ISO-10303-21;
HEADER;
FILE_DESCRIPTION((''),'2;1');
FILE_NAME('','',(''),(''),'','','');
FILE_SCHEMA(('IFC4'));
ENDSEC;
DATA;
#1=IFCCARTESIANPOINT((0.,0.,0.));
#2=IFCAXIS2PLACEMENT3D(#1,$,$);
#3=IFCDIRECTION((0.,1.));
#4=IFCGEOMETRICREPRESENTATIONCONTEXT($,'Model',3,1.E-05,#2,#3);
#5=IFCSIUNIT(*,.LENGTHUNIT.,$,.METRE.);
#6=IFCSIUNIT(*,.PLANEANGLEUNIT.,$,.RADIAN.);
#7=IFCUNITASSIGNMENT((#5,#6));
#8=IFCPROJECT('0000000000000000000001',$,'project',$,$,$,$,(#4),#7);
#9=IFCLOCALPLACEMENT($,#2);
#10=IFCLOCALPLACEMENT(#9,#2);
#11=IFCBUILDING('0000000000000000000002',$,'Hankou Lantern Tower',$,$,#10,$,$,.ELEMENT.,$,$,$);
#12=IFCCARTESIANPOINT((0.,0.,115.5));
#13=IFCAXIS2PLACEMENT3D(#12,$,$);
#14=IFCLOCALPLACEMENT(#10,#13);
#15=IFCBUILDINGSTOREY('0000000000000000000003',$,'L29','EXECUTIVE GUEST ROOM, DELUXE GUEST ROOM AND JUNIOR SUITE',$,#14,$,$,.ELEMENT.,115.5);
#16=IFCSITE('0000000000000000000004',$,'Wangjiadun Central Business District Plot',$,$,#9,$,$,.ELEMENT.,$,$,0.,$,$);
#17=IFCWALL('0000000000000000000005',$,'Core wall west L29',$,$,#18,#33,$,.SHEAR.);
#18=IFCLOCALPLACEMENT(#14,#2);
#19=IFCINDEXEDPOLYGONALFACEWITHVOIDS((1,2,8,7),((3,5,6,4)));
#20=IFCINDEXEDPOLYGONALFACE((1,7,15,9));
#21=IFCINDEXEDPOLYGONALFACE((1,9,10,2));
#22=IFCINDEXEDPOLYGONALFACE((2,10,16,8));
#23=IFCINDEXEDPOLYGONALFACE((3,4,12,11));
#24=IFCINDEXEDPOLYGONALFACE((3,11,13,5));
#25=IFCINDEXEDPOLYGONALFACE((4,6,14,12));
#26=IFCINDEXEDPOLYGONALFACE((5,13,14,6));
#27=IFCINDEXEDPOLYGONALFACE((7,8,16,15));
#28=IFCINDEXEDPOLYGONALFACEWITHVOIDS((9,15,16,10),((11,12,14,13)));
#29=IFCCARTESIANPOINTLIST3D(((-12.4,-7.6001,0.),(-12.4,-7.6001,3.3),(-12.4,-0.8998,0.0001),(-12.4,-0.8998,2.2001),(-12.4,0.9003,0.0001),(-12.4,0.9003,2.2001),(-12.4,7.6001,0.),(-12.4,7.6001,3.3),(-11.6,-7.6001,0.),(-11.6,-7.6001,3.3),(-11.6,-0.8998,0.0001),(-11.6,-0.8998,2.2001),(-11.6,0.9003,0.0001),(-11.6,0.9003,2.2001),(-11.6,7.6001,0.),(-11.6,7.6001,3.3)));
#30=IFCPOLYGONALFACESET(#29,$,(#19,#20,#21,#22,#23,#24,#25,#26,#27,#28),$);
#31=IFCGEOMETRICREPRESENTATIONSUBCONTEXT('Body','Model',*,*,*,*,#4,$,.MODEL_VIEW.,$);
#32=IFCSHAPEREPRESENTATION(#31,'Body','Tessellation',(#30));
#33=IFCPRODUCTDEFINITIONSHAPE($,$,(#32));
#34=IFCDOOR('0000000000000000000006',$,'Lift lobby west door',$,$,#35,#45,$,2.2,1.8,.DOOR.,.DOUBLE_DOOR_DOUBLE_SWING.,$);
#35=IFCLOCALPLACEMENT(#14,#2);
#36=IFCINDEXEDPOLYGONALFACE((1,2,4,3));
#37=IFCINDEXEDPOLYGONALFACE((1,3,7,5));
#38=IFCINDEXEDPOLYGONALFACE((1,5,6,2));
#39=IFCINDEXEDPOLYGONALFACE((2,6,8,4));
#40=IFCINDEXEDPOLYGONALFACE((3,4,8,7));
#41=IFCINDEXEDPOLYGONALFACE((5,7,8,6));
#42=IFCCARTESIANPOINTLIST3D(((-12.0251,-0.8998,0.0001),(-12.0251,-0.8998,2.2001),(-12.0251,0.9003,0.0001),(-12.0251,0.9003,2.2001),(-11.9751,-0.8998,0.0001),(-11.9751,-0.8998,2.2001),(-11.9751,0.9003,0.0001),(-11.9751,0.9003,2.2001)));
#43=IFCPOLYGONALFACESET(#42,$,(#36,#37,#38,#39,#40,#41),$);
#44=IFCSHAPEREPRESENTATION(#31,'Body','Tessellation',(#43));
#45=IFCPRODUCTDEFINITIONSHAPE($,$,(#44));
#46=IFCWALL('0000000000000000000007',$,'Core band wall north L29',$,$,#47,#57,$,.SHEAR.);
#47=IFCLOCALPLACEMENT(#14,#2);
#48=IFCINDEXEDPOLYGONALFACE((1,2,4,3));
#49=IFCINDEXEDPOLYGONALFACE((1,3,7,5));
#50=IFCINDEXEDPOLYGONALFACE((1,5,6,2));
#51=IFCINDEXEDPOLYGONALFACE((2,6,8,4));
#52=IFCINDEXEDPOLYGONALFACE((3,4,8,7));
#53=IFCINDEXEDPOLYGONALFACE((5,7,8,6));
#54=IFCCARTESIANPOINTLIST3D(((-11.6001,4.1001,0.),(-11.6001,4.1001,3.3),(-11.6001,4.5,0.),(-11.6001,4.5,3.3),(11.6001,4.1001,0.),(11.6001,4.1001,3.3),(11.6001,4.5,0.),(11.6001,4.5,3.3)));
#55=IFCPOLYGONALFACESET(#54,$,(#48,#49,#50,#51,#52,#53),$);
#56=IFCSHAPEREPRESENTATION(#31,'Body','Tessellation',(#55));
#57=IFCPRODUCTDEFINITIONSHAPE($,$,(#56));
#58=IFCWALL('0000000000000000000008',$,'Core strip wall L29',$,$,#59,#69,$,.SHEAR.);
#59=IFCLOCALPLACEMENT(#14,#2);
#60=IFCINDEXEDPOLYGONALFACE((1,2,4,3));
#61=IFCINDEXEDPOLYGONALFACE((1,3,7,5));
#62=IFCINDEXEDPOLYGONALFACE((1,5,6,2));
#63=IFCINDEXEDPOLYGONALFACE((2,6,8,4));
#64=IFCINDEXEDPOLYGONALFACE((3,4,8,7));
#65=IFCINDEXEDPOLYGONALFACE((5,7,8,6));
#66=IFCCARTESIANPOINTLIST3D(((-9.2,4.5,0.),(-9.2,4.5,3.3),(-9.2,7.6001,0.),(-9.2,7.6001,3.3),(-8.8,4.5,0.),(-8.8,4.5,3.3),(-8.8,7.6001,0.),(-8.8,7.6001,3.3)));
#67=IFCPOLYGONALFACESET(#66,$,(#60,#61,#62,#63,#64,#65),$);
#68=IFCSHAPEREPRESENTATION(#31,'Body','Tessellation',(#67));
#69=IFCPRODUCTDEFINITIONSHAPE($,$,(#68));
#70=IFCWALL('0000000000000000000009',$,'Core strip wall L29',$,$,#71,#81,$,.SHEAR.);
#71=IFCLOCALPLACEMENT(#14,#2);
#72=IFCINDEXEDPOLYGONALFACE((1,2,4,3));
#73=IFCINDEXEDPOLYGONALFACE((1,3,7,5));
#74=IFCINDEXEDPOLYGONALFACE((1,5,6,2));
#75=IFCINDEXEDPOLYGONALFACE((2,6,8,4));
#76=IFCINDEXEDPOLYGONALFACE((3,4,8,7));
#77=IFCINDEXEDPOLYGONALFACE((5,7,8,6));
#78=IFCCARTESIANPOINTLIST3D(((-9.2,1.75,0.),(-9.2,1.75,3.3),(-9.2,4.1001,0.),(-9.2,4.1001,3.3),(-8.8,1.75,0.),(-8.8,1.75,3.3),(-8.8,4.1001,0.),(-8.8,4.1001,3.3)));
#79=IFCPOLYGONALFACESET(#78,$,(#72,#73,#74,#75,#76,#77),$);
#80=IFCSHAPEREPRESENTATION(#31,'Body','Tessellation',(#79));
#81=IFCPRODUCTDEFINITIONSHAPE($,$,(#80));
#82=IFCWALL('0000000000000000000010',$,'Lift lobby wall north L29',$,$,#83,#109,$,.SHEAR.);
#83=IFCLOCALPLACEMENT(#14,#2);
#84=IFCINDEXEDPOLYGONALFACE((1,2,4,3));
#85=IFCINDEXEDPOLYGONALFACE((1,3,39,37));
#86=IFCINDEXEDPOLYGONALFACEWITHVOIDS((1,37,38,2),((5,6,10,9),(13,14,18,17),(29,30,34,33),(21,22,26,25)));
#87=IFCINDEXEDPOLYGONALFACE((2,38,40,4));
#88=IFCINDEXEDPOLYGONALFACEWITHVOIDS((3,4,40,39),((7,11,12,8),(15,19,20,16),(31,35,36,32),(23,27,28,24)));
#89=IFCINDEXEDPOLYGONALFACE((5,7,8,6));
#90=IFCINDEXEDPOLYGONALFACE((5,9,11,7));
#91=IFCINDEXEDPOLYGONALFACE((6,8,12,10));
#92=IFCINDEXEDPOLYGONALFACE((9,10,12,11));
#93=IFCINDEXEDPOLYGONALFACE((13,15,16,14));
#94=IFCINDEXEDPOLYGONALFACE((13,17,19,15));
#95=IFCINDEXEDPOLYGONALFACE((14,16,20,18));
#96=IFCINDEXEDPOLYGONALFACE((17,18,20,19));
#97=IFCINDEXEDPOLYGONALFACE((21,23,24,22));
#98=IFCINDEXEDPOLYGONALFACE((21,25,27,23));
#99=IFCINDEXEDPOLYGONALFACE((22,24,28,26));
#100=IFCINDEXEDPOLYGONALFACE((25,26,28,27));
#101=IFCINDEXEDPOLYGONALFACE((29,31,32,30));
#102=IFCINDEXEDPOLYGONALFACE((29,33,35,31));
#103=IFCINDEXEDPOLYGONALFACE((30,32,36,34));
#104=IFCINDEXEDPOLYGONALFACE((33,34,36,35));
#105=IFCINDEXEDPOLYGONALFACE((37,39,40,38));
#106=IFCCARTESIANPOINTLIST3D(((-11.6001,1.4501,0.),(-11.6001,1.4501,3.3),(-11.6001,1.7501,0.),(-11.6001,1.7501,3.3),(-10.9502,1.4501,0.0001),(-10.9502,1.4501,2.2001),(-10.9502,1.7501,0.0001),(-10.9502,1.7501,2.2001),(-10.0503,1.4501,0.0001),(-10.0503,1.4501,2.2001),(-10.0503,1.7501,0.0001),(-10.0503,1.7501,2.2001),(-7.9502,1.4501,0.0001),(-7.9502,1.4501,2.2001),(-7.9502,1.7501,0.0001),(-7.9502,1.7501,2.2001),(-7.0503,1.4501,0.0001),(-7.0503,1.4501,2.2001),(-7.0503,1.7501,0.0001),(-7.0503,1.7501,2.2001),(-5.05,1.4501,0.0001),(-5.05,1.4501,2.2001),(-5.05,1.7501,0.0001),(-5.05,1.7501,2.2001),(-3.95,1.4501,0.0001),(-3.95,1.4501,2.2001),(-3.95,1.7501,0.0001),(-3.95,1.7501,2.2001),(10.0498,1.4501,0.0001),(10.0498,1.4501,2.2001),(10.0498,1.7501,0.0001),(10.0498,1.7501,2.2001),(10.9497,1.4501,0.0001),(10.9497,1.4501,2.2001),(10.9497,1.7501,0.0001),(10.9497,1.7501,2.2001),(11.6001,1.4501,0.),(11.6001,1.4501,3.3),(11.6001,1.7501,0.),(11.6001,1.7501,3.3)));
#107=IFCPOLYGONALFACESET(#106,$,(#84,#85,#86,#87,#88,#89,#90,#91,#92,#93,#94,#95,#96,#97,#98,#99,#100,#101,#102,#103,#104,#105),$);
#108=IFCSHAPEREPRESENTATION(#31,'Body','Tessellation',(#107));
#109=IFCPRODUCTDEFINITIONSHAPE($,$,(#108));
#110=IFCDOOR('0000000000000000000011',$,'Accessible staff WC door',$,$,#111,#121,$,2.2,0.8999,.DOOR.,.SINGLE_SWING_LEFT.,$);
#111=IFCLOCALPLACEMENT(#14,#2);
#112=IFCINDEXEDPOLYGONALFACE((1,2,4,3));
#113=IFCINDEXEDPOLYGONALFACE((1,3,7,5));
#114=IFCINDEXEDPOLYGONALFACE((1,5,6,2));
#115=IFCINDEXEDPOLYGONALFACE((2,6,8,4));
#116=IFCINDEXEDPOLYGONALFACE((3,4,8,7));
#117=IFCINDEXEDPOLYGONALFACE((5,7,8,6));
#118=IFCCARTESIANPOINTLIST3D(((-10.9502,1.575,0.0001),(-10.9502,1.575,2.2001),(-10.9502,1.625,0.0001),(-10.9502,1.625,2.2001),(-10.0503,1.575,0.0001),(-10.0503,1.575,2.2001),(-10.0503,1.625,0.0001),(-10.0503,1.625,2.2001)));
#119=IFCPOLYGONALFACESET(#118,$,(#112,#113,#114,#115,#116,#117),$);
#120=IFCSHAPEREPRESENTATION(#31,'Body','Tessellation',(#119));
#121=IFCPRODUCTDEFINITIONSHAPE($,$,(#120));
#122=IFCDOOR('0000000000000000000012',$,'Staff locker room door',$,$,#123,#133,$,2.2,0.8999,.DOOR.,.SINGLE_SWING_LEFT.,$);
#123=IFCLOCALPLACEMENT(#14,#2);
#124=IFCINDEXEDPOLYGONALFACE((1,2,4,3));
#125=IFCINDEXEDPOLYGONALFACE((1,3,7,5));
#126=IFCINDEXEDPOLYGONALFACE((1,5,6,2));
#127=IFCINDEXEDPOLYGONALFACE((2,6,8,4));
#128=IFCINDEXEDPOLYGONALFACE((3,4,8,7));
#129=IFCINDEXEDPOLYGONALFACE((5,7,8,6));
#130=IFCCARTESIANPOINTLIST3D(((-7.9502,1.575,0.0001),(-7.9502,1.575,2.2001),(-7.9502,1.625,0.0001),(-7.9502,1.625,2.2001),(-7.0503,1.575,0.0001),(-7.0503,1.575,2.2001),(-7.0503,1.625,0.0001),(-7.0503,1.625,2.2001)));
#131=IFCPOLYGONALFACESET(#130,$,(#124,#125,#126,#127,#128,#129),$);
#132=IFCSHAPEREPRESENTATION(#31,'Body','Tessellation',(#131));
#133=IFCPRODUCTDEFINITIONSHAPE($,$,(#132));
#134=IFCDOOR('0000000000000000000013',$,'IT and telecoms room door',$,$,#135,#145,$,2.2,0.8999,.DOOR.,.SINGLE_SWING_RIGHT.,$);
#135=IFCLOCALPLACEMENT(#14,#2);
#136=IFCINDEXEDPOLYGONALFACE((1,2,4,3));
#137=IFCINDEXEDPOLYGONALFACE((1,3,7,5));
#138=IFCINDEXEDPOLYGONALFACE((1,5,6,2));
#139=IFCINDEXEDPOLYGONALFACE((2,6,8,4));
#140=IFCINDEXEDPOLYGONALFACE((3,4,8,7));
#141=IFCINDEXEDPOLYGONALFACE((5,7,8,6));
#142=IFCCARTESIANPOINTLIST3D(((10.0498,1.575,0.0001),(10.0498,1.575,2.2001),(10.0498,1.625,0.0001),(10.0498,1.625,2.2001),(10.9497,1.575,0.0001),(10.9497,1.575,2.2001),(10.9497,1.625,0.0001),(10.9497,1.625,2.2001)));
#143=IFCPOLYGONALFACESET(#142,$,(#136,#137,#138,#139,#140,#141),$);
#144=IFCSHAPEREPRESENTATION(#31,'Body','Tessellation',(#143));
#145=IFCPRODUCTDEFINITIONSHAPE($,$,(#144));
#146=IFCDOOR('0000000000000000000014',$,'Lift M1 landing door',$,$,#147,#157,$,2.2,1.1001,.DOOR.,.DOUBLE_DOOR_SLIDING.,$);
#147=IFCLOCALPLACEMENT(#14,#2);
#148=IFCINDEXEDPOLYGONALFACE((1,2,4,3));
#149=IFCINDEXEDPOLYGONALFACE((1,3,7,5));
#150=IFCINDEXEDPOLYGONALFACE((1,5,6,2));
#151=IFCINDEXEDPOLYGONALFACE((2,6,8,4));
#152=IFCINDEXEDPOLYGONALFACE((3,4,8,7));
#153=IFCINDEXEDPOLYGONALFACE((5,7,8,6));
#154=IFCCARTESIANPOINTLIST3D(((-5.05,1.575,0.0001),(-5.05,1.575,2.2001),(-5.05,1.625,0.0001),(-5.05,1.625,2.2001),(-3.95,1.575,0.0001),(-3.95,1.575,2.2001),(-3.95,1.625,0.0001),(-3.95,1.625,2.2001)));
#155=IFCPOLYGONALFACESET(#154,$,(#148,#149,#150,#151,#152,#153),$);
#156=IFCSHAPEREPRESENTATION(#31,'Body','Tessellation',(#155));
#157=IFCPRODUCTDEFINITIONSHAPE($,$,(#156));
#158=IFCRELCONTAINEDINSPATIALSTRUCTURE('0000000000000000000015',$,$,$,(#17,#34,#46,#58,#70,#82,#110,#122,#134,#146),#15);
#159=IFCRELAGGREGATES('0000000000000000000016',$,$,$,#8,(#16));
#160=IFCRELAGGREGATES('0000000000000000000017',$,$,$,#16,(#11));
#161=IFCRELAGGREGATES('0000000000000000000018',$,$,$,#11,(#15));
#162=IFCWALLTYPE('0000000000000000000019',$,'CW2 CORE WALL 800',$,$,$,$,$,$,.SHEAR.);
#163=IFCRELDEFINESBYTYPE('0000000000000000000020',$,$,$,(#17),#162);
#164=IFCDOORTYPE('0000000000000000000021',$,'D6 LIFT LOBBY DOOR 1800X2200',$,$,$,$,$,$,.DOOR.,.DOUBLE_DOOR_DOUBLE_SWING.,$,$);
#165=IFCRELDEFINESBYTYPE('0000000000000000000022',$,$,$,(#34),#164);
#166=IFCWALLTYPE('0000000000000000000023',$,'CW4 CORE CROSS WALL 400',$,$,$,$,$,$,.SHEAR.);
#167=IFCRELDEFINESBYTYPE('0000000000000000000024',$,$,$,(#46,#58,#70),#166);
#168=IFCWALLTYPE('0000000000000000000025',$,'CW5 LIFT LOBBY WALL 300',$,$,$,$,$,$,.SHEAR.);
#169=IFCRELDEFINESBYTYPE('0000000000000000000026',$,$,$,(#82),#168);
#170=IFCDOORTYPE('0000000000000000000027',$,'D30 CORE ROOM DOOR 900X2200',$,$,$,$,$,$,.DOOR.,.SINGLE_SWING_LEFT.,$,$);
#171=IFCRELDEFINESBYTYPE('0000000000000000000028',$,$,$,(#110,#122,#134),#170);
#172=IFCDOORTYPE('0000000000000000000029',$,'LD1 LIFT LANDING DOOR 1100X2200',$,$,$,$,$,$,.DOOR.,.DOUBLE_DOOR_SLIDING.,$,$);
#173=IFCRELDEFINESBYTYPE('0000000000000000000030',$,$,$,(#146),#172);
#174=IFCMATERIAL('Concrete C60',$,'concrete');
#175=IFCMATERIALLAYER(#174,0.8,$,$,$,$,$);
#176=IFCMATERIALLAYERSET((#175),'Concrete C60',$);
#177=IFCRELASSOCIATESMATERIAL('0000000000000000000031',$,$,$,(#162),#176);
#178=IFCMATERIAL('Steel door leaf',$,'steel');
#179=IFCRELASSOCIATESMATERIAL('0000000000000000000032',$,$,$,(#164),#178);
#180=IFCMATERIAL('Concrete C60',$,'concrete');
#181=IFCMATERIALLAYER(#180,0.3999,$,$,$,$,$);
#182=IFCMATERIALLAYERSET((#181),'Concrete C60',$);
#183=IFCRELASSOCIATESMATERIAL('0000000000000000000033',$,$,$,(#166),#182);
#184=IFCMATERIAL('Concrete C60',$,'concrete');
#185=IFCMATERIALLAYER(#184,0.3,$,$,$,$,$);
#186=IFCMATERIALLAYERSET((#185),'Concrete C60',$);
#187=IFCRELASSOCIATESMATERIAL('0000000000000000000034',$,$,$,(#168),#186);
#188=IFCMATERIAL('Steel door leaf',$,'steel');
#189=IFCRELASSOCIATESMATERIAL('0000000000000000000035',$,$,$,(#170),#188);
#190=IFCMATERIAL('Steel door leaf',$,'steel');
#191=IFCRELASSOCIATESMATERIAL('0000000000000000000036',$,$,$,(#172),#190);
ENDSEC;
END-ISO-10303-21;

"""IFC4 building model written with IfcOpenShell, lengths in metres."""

from ifc_helpers import new_model, si_unit, direction, frame, frame_2d, origin, place, context, subcontext, project, spatial, rectangle, extrude, material, layer, layer_set, type_object, element, fill, save


model = new_model("IFC4")

# Units and contexts
model_context = context("Model", 3, precision=1e-05, world=origin(), true_north=direction((0.0, 1.0)))
body_context = subcontext(model_context, "Body", "Model", "MODEL_VIEW")
ifc_project = project(units=[si_unit("LENGTHUNIT", "METRE"), si_unit("PLANEANGLEUNIT", "RADIAN")], contexts=[model_context])

# Site, building, storey
site_placement = place(None, origin())
site = spatial("IfcSite", under=ifc_project, at=site_placement, Name="Wangjiadun Central Business District Plot", CompositionType="ELEMENT", RefElevation=0.0)
building_placement = place(site_placement, origin())
building = spatial("IfcBuilding", under=site, at=building_placement, Name="Hankou Lantern Tower", CompositionType="ELEMENT")
storey_placement = place(building_placement, frame((0.0, 0.0, 115.5)))
storey = spatial("IfcBuildingStorey", under=building, at=storey_placement, Name="L29", Description="EXECUTIVE GUEST ROOM, DELUXE GUEST ROOM AND JUNIOR SUITE", CompositionType="ELEMENT", Elevation=115.5)

# Wall, opening, door
ifc_material_1 = material(Name="Concrete C60", Category="concrete")
ifc_layer_1 = layer(ifc_material_1, 0.8)
ifc_layer_set_1 = layer_set([ifc_layer_1], Name="Concrete C60")
wall_type_1 = type_object("IfcWallType", Name="CW2 CORE WALL 800", PredefinedType="SHEAR", material=ifc_layer_set_1)
wall_1_placement = place(storey_placement, frame((-12.0, 7.6001, 0.0), z_axis=(0.0, 0.0, 1.0), x_axis=(0.0, -1.0, 0.0)))
wall_1 = element("IfcWall", 1, at=wall_1_placement, inside=storey, type_object=wall_type_1, Name="Core wall west L29", PredefinedType="SHEAR", context=body_context, shape_type="SweptSolid", body=[
    extrude(rectangle(XDim=15.2002, YDim=0.8, at=frame_2d((7.6001, 0.0))), origin(), (0.0, 0.0, 1.0), 3.3),
])
opening_1_placement = place(wall_1_placement, frame((6.7, 0.0, 0.0)))
opening_1 = element("IfcOpeningElement", 2, at=opening_1_placement, cuts=wall_1, PredefinedType="OPENING", context=body_context, shape_type="SweptSolid", body=[
    extrude(rectangle(XDim=1.8, YDim=2.2, at=frame_2d((0.8999, 1.1001))), frame((0.0, 0.4099, 0.0), z_axis=(0.0, -1.0, 0.0), x_axis=(1.0, 0.0, 0.0)), (0.0, 0.0, 1.0), 0.8201),
])
ifc_material_2 = material(Name="Steel door leaf", Category="steel")
door_type_1 = type_object("IfcDoorType", Name="D6 LIFT LOBBY DOOR 1800X2200", OperationType="DOUBLE_DOOR_DOUBLE_SWING", PredefinedType="DOOR", material=ifc_material_2)
door_1_placement = place(opening_1_placement, origin())
door_1 = element("IfcDoor", 3, at=door_1_placement, inside=storey, type_object=door_type_1, Name="Lift lobby west door", OperationType="DOUBLE_DOOR_DOUBLE_SWING", OverallHeight=2.2, OverallWidth=1.8, PredefinedType="DOOR", context=body_context, shape_type="SweptSolid", body=[
    extrude(rectangle(XDim=1.8, YDim=2.2, at=frame_2d((0.8999, 1.1001))), frame((0.0, 0.0249, 0.0), z_axis=(0.0, -1.0, 0.0), x_axis=(1.0, 0.0, 0.0)), (0.0, 0.0, 1.0), 0.05),
])
fill(opening_1, door_1)

# Walls
ifc_material_3 = material(Name="Concrete C60", Category="concrete")
ifc_layer_2 = layer(ifc_material_3, 0.3999)
ifc_layer_set_2 = layer_set([ifc_layer_2], Name="Concrete C60")
wall_type_2 = type_object("IfcWallType", Name="CW4 CORE CROSS WALL 400", PredefinedType="SHEAR", material=ifc_layer_set_2)
wall_2_placement = place(storey_placement, frame((-11.6001, 4.3, 0.0), z_axis=(0.0, 0.0, 1.0), x_axis=(1.0, 0.0, 0.0)))
element("IfcWall", 4, at=wall_2_placement, inside=storey, type_object=wall_type_2, Name="Core band wall north L29", PredefinedType="SHEAR", context=body_context, shape_type="SweptSolid", body=[
    extrude(rectangle(XDim=23.2002, YDim=0.3999, at=frame_2d((11.6001, 0.0))), origin(), (0.0, 0.0, 1.0), 3.3),
])
wall_3_placement = place(storey_placement, frame((-9.0, 4.5, 0.0), z_axis=(0.0, 0.0, 1.0), x_axis=(0.0, 1.0, 0.0)))
element("IfcWall", 5, at=wall_3_placement, inside=storey, type_object=wall_type_2, Name="Core strip wall L29", PredefinedType="SHEAR", context=body_context, shape_type="SweptSolid", body=[
    extrude(rectangle(XDim=3.1001, YDim=0.3999, at=frame_2d((1.55, 0.0))), origin(), (0.0, 0.0, 1.0), 3.3),
])
wall_4_placement = place(storey_placement, frame((-9.0, 1.75, 0.0), z_axis=(0.0, 0.0, 1.0), x_axis=(0.0, 1.0, 0.0)))
element("IfcWall", 6, at=wall_4_placement, inside=storey, type_object=wall_type_2, Name="Core strip wall L29", PredefinedType="SHEAR", context=body_context, shape_type="SweptSolid", body=[
    extrude(rectangle(XDim=2.3501, YDim=0.3999, at=frame_2d((1.175, 0.0))), origin(), (0.0, 0.0, 1.0), 3.3),
])

# Wall, openings, doors
ifc_material_4 = material(Name="Concrete C60", Category="concrete")
ifc_layer_3 = layer(ifc_material_4, 0.3)
ifc_layer_set_3 = layer_set([ifc_layer_3], Name="Concrete C60")
wall_type_3 = type_object("IfcWallType", Name="CW5 LIFT LOBBY WALL 300", PredefinedType="SHEAR", material=ifc_layer_set_3)
wall_5_placement = place(storey_placement, frame((-11.6001, 1.6001, 0.0), z_axis=(0.0, 0.0, 1.0), x_axis=(1.0, 0.0, 0.0)))
wall_5 = element("IfcWall", 7, at=wall_5_placement, inside=storey, type_object=wall_type_3, Name="Lift lobby wall north L29", PredefinedType="SHEAR", context=body_context, shape_type="SweptSolid", body=[
    extrude(rectangle(XDim=23.2002, YDim=0.3, at=frame_2d((11.6001, 0.0))), origin(), (0.0, 0.0, 1.0), 3.3),
])
opening_2_placement = place(wall_5_placement, frame((6.55, 0.0, 0.0)))
opening_2 = element("IfcOpeningElement", 8, at=opening_2_placement, cuts=wall_5, PredefinedType="OPENING", context=body_context, shape_type="SweptSolid", body=[
    extrude(rectangle(XDim=1.1001, YDim=2.2, at=frame_2d((0.55, 1.1001))), frame((0.0, 0.1599, 0.0), z_axis=(0.0, -1.0, 0.0), x_axis=(1.0, 0.0, 0.0)), (0.0, 0.0, 1.0), 0.3201),
])
opening_3_placement = place(wall_5_placement, frame((0.6499, 0.0, 0.0)))
opening_3 = element("IfcOpeningElement", 9, at=opening_3_placement, cuts=wall_5, PredefinedType="OPENING", context=body_context, shape_type="SweptSolid", body=[
    extrude(rectangle(XDim=0.8999, YDim=2.2, at=frame_2d((0.45, 1.1001))), frame((0.0, 0.1599, 0.0), z_axis=(0.0, -1.0, 0.0), x_axis=(1.0, 0.0, 0.0)), (0.0, 0.0, 1.0), 0.3201),
])
opening_4_placement = place(wall_5_placement, frame((3.6499, 0.0, 0.0)))
opening_4 = element("IfcOpeningElement", 10, at=opening_4_placement, cuts=wall_5, PredefinedType="OPENING", context=body_context, shape_type="SweptSolid", body=[
    extrude(rectangle(XDim=0.8999, YDim=2.2, at=frame_2d((0.45, 1.1001))), frame((0.0, 0.1599, 0.0), z_axis=(0.0, -1.0, 0.0), x_axis=(1.0, 0.0, 0.0)), (0.0, 0.0, 1.0), 0.3201),
])
opening_5_placement = place(wall_5_placement, frame((21.6499, 0.0, 0.0)))
opening_5 = element("IfcOpeningElement", 11, at=opening_5_placement, cuts=wall_5, PredefinedType="OPENING", context=body_context, shape_type="SweptSolid", body=[
    extrude(rectangle(XDim=0.8999, YDim=2.2, at=frame_2d((0.45, 1.1001))), frame((0.0, 0.1599, 0.0), z_axis=(0.0, -1.0, 0.0), x_axis=(1.0, 0.0, 0.0)), (0.0, 0.0, 1.0), 0.3201),
])
ifc_material_5 = material(Name="Steel door leaf", Category="steel")
door_type_2 = type_object("IfcDoorType", Name="D30 CORE ROOM DOOR 900X2200", OperationType="SINGLE_SWING_LEFT", PredefinedType="DOOR", material=ifc_material_5)
door_2_placement = place(opening_3_placement, origin())
door_2 = element("IfcDoor", 12, at=door_2_placement, inside=storey, type_object=door_type_2, Name="Accessible staff WC door", OperationType="SINGLE_SWING_LEFT", OverallHeight=2.2, OverallWidth=0.8999, PredefinedType="DOOR", context=body_context, shape_type="SweptSolid", body=[
    extrude(rectangle(XDim=0.8999, YDim=2.2, at=frame_2d((0.45, 1.1001))), frame((0.0, 0.0249, 0.0), z_axis=(0.0, -1.0, 0.0), x_axis=(1.0, 0.0, 0.0)), (0.0, 0.0, 1.0), 0.05),
])
fill(opening_3, door_2)
door_3_placement = place(opening_4_placement, origin())
door_3 = element("IfcDoor", 13, at=door_3_placement, inside=storey, type_object=door_type_2, Name="Staff locker room door", OperationType="SINGLE_SWING_LEFT", OverallHeight=2.2, OverallWidth=0.8999, PredefinedType="DOOR", context=body_context, shape_type="SweptSolid", body=[
    extrude(rectangle(XDim=0.8999, YDim=2.2, at=frame_2d((0.45, 1.1001))), frame((0.0, 0.0249, 0.0), z_axis=(0.0, -1.0, 0.0), x_axis=(1.0, 0.0, 0.0)), (0.0, 0.0, 1.0), 0.05),
])
fill(opening_4, door_3)
door_4_placement = place(opening_5_placement, origin())
door_4 = element("IfcDoor", 14, at=door_4_placement, inside=storey, type_object=door_type_2, Name="IT and telecoms room door", OperationType="SINGLE_SWING_RIGHT", OverallHeight=2.2, OverallWidth=0.8999, PredefinedType="DOOR", context=body_context, shape_type="SweptSolid", body=[
    extrude(rectangle(XDim=0.8999, YDim=2.2, at=frame_2d((0.45, 1.1001))), frame((0.0, 0.0249, 0.0), z_axis=(0.0, -1.0, 0.0), x_axis=(1.0, 0.0, 0.0)), (0.0, 0.0, 1.0), 0.05),
])
fill(opening_5, door_4)
ifc_material_6 = material(Name="Steel door leaf", Category="steel")
door_type_3 = type_object("IfcDoorType", Name="LD1 LIFT LANDING DOOR 1100X2200", OperationType="DOUBLE_DOOR_SLIDING", PredefinedType="DOOR", material=ifc_material_6)
door_5_placement = place(opening_2_placement, origin())
door_5 = element("IfcDoor", 15, at=door_5_placement, inside=storey, type_object=door_type_3, Name="Lift M1 landing door", OperationType="DOUBLE_DOOR_SLIDING", OverallHeight=2.2, OverallWidth=1.1001, PredefinedType="DOOR", context=body_context, shape_type="SweptSolid", body=[
    extrude(rectangle(XDim=1.1001, YDim=2.2, at=frame_2d((0.55, 1.1001))), frame((0.0, 0.0249, 0.0), z_axis=(0.0, -1.0, 0.0), x_axis=(1.0, 0.0, 0.0)), (0.0, 0.0, 1.0), 0.05),
])
fill(opening_2, door_5)

save(model, "model.ifc")
